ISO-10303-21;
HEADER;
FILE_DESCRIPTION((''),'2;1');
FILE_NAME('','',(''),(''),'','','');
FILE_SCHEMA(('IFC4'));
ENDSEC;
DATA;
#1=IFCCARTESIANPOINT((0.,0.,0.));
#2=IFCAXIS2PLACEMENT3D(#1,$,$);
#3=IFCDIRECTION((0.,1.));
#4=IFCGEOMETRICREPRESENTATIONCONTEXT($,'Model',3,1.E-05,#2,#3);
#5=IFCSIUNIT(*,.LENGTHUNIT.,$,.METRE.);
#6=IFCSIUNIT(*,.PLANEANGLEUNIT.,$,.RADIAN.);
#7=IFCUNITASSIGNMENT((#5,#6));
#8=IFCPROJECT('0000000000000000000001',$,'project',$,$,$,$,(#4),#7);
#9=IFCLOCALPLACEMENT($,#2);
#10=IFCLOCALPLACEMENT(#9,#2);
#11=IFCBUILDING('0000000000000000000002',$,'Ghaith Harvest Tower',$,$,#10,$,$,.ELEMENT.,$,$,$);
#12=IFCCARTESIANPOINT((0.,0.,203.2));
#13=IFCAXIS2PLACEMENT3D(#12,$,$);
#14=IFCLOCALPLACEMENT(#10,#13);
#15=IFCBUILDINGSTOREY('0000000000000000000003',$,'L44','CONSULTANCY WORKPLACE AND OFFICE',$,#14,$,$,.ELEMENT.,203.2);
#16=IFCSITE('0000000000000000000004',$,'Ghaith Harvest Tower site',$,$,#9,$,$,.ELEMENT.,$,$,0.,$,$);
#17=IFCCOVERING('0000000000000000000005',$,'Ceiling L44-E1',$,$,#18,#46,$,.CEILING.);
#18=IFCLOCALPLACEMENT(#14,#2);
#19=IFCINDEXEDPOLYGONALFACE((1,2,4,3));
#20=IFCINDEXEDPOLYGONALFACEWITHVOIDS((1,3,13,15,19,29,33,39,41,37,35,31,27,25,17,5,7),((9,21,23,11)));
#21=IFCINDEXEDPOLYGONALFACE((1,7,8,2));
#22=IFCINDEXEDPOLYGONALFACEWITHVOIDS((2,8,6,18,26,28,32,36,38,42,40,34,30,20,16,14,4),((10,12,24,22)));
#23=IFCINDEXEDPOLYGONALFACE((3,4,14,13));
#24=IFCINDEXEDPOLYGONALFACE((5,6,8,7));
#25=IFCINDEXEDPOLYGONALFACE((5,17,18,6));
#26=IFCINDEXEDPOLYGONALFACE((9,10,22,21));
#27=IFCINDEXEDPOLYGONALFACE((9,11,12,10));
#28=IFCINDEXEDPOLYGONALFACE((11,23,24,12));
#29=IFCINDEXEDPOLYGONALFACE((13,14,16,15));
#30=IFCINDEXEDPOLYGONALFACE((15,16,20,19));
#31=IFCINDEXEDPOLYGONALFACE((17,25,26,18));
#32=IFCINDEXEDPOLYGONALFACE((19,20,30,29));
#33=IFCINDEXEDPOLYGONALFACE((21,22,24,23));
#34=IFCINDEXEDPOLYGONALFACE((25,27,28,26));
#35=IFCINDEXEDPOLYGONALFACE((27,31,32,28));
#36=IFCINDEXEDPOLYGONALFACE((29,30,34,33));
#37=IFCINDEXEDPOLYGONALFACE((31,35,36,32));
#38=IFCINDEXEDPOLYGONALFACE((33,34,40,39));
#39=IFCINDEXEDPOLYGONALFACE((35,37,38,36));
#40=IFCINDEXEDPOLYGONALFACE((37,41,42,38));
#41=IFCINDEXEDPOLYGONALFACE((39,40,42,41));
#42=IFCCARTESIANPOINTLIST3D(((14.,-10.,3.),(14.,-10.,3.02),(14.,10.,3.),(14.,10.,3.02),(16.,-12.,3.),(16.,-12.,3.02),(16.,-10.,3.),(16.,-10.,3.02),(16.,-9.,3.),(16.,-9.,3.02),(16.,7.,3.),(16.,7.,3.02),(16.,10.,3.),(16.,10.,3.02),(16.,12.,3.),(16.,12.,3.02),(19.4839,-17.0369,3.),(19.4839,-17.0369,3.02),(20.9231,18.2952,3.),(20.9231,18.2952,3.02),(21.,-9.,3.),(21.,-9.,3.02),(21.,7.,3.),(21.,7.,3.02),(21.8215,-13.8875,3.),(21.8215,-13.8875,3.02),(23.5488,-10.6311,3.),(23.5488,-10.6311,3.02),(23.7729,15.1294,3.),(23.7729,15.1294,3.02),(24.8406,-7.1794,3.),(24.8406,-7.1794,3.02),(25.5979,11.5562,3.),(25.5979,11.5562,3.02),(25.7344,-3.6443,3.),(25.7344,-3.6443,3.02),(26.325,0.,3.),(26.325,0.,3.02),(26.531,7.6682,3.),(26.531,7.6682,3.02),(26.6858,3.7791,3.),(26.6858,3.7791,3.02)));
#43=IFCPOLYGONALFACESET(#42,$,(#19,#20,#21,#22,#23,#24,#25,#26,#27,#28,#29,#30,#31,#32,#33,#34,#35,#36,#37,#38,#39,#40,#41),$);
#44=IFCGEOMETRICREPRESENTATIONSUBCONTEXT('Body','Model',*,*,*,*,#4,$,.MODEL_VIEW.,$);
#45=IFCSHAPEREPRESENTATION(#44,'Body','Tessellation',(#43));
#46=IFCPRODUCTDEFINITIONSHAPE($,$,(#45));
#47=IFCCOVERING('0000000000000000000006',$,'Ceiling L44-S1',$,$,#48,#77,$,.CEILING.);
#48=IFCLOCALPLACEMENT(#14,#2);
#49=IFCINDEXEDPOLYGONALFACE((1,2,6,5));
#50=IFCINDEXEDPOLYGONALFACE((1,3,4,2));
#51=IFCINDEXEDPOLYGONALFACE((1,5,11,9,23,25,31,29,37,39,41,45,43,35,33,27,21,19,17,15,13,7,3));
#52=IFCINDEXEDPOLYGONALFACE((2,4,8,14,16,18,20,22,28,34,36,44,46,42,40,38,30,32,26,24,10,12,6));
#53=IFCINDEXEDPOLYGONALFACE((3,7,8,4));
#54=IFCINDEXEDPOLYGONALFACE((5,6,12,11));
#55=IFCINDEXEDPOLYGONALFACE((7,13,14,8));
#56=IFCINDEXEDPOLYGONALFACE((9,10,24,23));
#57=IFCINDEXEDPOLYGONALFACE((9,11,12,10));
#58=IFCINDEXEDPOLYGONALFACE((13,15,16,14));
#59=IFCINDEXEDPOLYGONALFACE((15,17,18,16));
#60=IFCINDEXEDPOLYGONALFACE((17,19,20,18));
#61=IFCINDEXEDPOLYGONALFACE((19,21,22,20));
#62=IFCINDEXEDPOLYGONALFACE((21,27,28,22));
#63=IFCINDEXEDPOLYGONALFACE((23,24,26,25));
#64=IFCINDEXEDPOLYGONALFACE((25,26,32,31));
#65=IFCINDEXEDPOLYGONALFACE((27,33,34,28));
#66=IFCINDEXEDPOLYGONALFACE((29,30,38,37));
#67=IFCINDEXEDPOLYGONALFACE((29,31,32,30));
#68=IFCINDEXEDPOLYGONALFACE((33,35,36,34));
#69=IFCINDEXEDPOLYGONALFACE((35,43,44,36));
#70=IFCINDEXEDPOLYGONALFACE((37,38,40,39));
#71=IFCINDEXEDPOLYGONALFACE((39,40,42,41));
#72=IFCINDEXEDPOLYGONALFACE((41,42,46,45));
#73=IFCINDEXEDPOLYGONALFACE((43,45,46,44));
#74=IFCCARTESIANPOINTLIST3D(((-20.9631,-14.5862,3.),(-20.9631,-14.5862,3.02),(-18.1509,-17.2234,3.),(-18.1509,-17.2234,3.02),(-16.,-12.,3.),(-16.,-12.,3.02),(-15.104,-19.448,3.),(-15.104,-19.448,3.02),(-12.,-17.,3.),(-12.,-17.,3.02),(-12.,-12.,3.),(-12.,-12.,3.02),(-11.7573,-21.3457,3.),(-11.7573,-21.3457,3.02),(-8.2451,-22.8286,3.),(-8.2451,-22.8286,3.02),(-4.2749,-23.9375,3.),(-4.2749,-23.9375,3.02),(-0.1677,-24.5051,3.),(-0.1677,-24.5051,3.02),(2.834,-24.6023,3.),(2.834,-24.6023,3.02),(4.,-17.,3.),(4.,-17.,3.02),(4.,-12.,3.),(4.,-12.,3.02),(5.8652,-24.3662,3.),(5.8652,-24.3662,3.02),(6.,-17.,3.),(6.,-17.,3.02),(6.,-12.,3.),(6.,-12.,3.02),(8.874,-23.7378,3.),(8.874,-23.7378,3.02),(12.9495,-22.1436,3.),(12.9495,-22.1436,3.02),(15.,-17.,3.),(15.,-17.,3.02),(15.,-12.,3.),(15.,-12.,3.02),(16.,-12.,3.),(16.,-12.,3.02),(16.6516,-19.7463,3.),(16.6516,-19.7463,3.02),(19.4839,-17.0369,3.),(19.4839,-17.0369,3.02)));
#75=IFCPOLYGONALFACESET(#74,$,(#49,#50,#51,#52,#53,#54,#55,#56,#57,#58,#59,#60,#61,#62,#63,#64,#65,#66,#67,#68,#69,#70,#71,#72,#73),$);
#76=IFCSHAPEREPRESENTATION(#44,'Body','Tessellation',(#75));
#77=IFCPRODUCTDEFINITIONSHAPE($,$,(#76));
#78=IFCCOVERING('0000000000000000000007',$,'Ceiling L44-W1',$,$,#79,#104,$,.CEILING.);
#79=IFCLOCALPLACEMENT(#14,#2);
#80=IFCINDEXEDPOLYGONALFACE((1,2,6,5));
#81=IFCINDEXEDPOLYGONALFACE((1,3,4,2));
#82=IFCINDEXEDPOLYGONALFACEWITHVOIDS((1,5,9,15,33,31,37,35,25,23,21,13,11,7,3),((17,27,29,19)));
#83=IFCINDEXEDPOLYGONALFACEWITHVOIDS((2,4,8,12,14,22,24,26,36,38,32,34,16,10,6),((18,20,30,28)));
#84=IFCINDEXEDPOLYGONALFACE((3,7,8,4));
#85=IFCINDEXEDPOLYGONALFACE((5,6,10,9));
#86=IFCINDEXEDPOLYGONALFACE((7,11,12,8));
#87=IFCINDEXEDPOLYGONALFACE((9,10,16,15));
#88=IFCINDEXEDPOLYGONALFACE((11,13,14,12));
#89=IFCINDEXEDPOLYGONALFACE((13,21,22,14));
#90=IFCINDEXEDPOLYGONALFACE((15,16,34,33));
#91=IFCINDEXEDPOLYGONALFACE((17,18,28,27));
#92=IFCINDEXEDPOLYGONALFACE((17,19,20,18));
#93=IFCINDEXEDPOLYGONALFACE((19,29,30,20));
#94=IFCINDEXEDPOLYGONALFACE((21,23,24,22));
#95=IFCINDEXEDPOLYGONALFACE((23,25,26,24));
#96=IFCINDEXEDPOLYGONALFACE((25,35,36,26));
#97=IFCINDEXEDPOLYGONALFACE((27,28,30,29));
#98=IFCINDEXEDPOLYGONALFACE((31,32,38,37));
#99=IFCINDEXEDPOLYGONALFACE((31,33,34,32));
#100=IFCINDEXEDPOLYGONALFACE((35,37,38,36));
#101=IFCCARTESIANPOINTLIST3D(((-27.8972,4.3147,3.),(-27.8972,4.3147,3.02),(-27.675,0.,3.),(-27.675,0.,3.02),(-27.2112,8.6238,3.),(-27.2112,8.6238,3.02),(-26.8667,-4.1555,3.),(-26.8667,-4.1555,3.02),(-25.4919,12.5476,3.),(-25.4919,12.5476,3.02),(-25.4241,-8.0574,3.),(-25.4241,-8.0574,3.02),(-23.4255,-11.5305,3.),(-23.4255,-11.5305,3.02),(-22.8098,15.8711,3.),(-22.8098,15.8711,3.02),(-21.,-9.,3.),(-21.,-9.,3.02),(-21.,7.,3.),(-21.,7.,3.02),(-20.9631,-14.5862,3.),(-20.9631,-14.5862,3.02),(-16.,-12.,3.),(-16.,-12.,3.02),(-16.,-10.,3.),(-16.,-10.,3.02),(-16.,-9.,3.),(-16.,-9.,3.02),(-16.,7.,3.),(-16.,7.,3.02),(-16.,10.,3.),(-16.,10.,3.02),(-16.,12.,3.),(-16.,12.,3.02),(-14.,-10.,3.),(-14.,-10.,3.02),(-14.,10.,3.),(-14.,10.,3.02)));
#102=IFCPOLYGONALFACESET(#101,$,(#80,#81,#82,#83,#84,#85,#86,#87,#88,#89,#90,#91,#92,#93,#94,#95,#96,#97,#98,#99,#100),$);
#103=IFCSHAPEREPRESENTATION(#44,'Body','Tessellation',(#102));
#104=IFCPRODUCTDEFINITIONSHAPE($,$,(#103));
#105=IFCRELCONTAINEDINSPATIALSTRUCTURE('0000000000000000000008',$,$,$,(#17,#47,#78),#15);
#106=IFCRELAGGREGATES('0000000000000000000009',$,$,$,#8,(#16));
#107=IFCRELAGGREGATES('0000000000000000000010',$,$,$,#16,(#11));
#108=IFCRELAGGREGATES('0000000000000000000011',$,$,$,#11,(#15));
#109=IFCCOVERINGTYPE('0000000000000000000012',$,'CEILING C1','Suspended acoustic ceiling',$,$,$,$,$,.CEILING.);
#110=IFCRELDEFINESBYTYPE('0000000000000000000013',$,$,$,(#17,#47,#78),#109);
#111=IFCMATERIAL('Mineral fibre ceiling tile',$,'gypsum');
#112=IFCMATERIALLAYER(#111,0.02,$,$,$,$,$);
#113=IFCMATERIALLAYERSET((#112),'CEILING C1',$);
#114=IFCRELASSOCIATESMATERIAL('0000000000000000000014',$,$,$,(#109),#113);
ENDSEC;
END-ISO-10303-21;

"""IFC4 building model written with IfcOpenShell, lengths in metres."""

from ifc_helpers import new_model, si_unit, direction, frame, origin, place, context, subcontext, project, spatial, polyline, outline, extrude, material, layer, layer_set, type_object, element, save


model = new_model("IFC4")

# Units and contexts
model_context = context("Model", 3, precision=1e-05, world=origin(), true_north=direction((0.0, 1.0)))
body_context = subcontext(model_context, "Body", "Model", "MODEL_VIEW")
ifc_project = project(units=[si_unit("LENGTHUNIT", "METRE"), si_unit("PLANEANGLEUNIT", "RADIAN")], contexts=[model_context])

# Site, building, storey
site_placement = place(None, origin())
site = spatial("IfcSite", under=ifc_project, at=site_placement, Name="Ghaith Harvest Tower site", CompositionType="ELEMENT", RefElevation=0.0)
building_placement = place(site_placement, origin())
building = spatial("IfcBuilding", under=site, at=building_placement, Name="Ghaith Harvest Tower", CompositionType="ELEMENT")
storey_placement = place(building_placement, frame((0.0, 0.0, 203.2)))
storey = spatial("IfcBuildingStorey", under=building, at=storey_placement, Name="L44", Description="CONSULTANCY WORKPLACE AND OFFICE", CompositionType="ELEMENT", Elevation=203.2)

# Coverings
ifc_material_1 = material(Name="Mineral fibre ceiling tile", Category="gypsum")
ifc_layer_1 = layer(ifc_material_1, 0.02)
ifc_layer_set_1 = layer_set([ifc_layer_1], Name="CEILING C1")
covering_type = type_object("IfcCoveringType", Name="CEILING C1", Description="Suspended acoustic ceiling", PredefinedType="CEILING", material=ifc_layer_set_1)
covering_1_placement = place(storey_placement, frame((0.0, 0.0, 3.0)))
element("IfcCovering", 1, at=covering_1_placement, inside=storey, type_object=covering_type, Name="Ceiling L44-E1", PredefinedType="CEILING", context=body_context, shape_type="SweptSolid", body=[
    extrude(outline(polyline([(23.7729, 15.1294), (25.5979, 11.5562), (26.531, 7.6682), (26.6858, 3.7791), (26.325, 0.0), (25.7344, -3.6443), (24.8406, -7.1794), (23.5488, -10.6311), (21.8215, -13.8875), (19.4839, -17.0369), (16.0, -12.0), (16.0, -10.0), (14.0, -10.0), (14.0, 10.0), (16.0, 10.0), (16.0, 12.0), (20.9231, 18.2952), (23.7729, 15.1294)]), holes=[polyline([(16.0, 7.0), (16.0, -9.0), (21.0, -9.0), (21.0, 7.0), (16.0, 7.0)])]), origin(), (0.0, 0.0, 1.0), 0.02),
])
covering_2_placement = place(storey_placement, frame((0.0, 0.0, 3.0)))
element("IfcCovering", 2, at=covering_2_placement, inside=storey, type_object=covering_type, Name="Ceiling L44-S1", PredefinedType="CEILING", context=body_context, shape_type="SweptSolid", body=[
    extrude(outline(polyline([(16.6516, -19.7463), (12.9495, -22.1436), (8.874, -23.7378), (5.8652, -24.3662), (2.834, -24.6023), (-0.1677, -24.5051), (-4.2749, -23.9375), (-8.2451, -22.8286), (-11.7573, -21.3457), (-15.104, -19.448), (-18.1509, -17.2234), (-20.9631, -14.5862), (-16.0, -12.0), (-12.0, -12.0), (-12.0, -17.0), (4.0, -17.0), (4.0, -12.0), (6.0, -12.0), (6.0, -17.0), (15.0, -17.0), (15.0, -12.0), (16.0, -12.0), (19.4839, -17.0369), (16.6516, -19.7463)])), origin(), (0.0, 0.0, 1.0), 0.02),
])
covering_3_placement = place(storey_placement, frame((0.0, 0.0, 3.0)))
element("IfcCovering", 3, at=covering_3_placement, inside=storey, type_object=covering_type, Name="Ceiling L44-W1", PredefinedType="CEILING", context=body_context, shape_type="SweptSolid", body=[
    extrude(outline(polyline([(-27.2112, 8.6238), (-25.4919, 12.5476), (-22.8098, 15.8711), (-16.0, 12.0), (-16.0, 10.0), (-14.0, 10.0), (-14.0, -10.0), (-16.0, -10.0), (-16.0, -12.0), (-20.9631, -14.5862), (-23.4255, -11.5305), (-25.4241, -8.0574), (-26.8667, -4.1555), (-27.675, 0.0), (-27.8972, 4.3147), (-27.2112, 8.6238)]), holes=[polyline([(-21.0, 7.0), (-21.0, -9.0), (-16.0, -9.0), (-16.0, 7.0), (-21.0, 7.0)])]), origin(), (0.0, 0.0, 1.0), 0.02),
])

save(model, "model.ifc")
